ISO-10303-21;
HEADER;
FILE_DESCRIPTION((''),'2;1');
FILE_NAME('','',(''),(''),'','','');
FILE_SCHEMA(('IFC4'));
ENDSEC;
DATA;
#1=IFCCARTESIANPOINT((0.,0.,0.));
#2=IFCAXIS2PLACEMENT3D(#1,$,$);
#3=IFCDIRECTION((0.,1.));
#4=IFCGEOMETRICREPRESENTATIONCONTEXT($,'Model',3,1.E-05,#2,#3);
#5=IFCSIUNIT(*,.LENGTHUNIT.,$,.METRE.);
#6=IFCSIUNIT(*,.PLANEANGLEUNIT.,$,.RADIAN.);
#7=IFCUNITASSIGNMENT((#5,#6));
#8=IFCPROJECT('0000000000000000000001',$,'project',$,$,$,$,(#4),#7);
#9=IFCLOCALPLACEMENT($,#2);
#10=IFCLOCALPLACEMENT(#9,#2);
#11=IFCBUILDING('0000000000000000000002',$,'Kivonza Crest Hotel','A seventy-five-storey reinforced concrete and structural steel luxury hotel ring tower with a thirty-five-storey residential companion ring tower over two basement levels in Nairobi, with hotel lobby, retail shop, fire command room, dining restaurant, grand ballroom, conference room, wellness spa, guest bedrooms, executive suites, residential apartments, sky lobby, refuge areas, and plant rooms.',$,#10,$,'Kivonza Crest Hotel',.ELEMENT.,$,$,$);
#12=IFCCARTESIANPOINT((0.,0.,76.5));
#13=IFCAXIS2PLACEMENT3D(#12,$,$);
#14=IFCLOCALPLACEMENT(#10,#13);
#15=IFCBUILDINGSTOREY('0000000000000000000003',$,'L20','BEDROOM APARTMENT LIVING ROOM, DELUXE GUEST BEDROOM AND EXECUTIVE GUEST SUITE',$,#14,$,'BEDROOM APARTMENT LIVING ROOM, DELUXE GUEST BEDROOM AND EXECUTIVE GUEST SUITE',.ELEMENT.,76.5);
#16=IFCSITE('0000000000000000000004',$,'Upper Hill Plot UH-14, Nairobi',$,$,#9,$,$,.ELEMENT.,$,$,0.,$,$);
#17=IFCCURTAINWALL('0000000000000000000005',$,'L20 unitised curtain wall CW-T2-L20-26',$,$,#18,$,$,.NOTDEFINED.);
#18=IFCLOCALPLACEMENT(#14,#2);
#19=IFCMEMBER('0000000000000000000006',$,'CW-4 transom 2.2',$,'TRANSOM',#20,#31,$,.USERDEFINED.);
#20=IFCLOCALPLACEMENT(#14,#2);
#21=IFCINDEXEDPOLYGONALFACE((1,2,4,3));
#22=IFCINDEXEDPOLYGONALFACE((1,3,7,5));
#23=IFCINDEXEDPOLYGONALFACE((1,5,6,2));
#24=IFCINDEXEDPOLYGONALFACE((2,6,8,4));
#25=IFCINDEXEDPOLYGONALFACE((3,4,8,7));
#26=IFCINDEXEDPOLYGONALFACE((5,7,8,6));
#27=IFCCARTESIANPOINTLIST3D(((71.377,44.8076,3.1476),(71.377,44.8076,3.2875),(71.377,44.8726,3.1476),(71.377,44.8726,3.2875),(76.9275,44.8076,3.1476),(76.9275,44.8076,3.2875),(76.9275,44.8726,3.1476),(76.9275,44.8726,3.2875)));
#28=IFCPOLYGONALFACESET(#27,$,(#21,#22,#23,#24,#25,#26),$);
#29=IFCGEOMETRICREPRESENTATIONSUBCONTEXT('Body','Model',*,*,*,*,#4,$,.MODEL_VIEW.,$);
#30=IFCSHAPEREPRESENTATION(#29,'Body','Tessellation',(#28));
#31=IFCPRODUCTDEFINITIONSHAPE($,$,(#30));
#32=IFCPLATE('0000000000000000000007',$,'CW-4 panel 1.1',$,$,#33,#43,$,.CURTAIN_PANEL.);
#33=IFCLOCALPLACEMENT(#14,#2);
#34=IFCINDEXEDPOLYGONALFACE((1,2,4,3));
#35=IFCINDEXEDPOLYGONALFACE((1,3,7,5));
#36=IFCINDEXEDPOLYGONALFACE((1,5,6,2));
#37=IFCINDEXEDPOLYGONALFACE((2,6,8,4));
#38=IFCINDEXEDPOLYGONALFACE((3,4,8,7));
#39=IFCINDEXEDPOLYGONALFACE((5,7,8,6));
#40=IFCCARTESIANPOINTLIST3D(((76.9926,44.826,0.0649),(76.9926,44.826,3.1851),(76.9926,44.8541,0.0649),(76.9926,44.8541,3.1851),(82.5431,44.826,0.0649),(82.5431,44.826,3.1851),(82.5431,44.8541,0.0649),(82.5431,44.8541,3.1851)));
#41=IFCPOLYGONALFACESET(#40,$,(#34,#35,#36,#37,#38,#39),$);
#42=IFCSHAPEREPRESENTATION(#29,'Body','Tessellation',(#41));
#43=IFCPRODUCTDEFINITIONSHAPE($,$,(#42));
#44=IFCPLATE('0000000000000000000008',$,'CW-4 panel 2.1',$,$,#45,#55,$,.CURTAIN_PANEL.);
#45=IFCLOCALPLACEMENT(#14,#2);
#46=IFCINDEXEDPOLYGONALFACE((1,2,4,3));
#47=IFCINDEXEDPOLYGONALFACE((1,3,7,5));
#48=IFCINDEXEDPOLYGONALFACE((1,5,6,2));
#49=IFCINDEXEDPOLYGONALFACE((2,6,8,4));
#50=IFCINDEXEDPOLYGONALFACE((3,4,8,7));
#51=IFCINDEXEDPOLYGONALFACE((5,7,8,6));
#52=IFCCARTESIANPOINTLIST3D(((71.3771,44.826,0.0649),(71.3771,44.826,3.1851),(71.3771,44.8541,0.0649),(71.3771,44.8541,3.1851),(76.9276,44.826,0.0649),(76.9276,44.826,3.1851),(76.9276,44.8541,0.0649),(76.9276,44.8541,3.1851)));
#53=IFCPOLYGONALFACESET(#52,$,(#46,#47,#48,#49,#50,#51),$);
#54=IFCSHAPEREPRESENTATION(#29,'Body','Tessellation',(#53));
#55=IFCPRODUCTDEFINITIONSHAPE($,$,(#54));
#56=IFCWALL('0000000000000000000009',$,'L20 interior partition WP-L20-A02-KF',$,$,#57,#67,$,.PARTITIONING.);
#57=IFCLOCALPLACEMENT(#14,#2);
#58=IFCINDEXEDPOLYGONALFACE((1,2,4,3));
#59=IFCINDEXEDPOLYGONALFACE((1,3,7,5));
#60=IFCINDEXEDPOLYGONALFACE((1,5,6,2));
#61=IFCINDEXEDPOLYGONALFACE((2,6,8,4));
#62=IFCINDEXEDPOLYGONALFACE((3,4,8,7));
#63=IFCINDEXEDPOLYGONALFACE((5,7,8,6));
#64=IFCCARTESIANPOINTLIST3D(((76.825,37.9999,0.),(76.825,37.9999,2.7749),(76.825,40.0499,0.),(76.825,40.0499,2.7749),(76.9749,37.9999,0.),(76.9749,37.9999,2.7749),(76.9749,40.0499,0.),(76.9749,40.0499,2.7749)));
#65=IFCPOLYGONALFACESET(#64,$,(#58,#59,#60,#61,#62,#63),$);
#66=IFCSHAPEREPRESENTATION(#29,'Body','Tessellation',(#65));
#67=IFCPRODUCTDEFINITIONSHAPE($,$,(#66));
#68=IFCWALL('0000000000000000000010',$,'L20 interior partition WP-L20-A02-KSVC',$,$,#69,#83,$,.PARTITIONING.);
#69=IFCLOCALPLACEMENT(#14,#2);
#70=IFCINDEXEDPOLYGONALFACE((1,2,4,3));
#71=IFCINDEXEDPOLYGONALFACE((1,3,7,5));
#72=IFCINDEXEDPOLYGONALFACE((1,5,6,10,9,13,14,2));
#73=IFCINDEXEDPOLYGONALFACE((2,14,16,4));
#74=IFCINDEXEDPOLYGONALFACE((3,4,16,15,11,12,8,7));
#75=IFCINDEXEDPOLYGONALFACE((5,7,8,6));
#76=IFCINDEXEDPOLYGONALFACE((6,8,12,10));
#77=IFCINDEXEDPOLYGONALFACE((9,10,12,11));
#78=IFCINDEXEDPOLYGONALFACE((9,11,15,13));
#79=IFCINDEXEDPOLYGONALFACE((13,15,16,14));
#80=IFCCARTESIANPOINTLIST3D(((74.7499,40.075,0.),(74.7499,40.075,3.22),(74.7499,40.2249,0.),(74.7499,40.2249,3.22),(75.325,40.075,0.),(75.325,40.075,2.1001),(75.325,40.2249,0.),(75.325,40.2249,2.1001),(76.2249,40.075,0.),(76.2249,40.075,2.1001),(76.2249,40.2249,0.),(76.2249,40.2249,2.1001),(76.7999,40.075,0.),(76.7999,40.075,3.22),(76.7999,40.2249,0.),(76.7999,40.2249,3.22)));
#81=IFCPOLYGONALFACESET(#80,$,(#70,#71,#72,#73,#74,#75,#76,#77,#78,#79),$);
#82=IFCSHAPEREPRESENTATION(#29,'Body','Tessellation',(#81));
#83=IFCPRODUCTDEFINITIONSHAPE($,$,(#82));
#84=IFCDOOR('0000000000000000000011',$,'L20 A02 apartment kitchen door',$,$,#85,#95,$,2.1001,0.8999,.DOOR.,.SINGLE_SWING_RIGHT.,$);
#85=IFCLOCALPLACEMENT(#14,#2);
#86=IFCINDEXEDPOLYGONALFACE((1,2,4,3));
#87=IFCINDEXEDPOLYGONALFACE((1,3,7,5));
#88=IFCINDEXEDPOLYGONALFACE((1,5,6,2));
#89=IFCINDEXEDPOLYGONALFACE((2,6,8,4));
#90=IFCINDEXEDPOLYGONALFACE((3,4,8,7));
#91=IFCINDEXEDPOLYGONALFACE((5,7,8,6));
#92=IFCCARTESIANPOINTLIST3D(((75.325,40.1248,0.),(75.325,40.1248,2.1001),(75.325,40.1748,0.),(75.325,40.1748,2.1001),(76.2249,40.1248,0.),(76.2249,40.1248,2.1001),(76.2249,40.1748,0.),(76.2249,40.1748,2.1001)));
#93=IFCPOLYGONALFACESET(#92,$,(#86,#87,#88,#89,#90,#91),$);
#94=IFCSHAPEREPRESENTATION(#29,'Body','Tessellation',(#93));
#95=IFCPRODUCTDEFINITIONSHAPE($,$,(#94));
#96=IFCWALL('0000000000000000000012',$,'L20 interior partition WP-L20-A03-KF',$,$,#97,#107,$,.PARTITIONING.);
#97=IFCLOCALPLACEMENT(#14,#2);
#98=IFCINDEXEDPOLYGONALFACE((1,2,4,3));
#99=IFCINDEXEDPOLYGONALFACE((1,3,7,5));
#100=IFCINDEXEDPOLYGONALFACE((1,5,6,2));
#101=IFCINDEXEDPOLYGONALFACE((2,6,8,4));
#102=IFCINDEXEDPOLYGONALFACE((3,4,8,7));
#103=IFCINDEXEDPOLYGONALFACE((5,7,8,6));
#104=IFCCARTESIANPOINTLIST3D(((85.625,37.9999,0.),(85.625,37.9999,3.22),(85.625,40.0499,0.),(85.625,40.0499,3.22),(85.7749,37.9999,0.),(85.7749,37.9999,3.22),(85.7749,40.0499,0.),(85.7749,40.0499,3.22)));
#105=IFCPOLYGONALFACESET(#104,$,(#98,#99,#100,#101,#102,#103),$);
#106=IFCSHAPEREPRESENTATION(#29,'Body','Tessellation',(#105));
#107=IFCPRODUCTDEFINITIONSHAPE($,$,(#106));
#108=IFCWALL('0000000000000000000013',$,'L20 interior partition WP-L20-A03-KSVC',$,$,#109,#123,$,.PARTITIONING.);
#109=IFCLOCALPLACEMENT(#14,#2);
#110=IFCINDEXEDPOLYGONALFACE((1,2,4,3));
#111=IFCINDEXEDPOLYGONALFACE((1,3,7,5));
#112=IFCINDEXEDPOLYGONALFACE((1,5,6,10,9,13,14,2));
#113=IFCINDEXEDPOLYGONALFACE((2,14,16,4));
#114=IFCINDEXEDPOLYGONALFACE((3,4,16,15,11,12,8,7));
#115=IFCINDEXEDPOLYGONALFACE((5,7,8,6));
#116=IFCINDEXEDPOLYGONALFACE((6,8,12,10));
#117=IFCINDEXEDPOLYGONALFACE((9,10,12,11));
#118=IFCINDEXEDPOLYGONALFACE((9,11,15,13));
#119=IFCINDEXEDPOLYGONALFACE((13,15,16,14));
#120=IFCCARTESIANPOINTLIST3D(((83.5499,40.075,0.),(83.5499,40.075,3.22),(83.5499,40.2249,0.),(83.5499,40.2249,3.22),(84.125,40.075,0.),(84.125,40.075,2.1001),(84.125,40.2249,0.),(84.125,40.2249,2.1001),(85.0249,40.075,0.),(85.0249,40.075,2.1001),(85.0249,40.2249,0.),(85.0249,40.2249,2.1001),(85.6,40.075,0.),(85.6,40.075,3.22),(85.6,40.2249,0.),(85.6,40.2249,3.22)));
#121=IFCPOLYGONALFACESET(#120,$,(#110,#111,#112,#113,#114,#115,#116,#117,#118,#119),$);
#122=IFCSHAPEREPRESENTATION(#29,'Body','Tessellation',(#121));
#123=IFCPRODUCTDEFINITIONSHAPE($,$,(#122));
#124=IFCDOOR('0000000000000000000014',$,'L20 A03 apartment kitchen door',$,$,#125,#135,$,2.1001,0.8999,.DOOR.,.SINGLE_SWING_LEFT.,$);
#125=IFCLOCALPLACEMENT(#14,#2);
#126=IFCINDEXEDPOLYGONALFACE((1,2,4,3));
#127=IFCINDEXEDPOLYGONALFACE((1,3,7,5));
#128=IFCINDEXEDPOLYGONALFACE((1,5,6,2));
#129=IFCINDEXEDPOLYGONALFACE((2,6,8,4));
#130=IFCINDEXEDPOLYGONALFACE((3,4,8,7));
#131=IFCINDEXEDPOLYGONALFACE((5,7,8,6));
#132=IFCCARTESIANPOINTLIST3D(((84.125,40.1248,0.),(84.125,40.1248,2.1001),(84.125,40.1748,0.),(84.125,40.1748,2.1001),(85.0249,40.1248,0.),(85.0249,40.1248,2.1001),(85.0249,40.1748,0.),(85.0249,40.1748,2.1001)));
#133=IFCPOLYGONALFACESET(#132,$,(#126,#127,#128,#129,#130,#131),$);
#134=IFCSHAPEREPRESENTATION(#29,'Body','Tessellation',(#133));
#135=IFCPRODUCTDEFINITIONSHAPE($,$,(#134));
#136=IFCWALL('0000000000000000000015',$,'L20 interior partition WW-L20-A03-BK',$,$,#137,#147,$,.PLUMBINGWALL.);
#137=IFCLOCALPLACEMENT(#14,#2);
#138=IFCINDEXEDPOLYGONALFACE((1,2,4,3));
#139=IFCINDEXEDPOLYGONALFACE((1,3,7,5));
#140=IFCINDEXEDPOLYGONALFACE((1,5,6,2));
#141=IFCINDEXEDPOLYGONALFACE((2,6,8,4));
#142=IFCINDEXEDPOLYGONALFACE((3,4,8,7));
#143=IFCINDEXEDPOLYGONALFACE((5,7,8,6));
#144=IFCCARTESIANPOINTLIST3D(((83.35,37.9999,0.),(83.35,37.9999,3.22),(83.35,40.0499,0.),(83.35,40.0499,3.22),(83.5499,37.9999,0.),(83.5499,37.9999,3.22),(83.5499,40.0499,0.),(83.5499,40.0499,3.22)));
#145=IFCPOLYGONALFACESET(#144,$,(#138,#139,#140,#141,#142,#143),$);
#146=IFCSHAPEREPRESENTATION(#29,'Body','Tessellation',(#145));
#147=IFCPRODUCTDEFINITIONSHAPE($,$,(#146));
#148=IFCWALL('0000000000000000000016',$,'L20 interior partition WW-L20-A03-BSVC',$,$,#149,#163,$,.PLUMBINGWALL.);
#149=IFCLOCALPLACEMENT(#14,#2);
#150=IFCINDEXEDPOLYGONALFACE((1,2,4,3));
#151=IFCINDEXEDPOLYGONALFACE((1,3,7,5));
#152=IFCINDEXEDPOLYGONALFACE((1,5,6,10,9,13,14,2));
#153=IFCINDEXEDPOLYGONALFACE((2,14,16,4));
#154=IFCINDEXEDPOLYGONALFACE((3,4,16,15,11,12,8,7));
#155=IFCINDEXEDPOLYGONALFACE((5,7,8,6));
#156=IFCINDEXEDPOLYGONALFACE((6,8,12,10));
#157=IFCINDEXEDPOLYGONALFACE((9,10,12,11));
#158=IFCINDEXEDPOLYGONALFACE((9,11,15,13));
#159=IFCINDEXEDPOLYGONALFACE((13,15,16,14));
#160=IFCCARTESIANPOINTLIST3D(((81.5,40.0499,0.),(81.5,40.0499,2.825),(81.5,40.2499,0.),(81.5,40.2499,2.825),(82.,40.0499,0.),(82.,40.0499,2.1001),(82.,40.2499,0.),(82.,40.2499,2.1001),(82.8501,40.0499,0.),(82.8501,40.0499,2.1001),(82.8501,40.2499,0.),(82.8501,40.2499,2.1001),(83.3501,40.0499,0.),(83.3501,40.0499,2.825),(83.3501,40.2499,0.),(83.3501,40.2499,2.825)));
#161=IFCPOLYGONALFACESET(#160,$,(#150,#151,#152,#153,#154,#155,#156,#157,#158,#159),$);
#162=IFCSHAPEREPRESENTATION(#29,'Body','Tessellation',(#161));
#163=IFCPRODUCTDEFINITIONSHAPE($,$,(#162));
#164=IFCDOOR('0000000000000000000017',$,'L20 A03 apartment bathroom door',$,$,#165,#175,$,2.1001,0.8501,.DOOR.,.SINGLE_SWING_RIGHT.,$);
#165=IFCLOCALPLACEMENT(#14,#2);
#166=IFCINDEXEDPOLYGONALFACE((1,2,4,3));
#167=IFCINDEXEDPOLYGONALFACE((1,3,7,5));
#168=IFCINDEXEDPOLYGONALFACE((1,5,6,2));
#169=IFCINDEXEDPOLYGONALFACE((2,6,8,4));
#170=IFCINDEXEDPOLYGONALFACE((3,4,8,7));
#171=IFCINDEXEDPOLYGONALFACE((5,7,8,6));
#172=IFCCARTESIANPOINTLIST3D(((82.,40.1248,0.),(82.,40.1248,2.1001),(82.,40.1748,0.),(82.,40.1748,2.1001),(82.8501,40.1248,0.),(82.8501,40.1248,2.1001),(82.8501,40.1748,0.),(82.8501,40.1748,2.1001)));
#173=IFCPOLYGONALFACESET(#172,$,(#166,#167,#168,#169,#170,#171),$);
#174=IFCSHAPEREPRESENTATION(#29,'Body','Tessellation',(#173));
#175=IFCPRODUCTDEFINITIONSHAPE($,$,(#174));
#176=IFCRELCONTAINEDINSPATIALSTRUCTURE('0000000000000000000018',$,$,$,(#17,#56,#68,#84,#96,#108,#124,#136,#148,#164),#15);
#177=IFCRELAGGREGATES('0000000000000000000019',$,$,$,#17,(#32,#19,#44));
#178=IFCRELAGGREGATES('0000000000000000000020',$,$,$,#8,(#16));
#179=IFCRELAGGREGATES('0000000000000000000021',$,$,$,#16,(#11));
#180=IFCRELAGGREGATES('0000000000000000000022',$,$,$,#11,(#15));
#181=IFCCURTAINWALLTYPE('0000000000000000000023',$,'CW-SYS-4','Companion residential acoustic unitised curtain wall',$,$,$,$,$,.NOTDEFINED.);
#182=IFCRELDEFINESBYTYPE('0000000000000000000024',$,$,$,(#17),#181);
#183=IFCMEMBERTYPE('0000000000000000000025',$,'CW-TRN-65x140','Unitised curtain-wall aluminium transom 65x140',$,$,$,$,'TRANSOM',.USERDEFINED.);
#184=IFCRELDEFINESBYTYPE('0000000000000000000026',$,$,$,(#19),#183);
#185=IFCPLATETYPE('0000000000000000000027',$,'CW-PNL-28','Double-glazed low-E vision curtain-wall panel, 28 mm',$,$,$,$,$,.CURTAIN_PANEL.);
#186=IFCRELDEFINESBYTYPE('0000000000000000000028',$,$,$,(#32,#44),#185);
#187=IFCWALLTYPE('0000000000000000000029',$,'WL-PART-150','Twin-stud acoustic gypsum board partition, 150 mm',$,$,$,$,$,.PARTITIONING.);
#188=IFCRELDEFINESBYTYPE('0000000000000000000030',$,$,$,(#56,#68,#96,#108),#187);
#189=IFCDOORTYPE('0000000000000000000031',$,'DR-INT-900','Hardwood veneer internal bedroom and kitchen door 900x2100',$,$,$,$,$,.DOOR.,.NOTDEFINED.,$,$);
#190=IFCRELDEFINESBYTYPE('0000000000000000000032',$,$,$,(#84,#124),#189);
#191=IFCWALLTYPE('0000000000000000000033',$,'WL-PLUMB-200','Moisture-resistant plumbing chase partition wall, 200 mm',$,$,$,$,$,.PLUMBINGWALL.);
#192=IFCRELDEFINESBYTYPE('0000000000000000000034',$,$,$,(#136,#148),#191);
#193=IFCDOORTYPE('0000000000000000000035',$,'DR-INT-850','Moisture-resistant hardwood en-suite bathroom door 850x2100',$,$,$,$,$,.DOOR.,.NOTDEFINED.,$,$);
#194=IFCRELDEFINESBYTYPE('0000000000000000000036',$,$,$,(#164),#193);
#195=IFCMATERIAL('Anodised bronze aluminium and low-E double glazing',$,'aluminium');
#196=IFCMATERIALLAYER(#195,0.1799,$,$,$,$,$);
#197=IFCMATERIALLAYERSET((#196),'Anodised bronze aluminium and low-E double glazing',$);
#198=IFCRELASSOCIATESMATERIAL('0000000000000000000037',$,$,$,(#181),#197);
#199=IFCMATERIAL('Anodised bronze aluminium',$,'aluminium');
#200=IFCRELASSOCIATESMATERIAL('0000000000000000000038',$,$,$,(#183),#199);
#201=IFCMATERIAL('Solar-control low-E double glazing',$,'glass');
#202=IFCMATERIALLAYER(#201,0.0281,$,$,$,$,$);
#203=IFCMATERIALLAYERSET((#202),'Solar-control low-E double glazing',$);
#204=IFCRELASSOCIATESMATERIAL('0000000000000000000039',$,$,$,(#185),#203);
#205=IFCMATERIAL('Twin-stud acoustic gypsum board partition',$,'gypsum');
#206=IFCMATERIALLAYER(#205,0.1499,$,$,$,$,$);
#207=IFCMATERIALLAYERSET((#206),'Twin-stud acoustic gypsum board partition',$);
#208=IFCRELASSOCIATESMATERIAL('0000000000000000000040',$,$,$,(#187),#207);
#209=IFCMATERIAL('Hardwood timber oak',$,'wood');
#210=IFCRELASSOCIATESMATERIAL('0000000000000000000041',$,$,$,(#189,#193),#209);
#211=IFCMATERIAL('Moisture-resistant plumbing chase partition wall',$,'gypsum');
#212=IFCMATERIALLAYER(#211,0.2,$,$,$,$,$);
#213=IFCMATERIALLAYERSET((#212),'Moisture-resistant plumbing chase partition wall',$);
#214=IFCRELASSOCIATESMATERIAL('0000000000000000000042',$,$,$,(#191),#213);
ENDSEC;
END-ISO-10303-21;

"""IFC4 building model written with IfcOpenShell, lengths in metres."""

from ifc_helpers import new_model, si_unit, direction, frame, frame_2d, origin, origin_2d, place, context, subcontext, project, spatial, rectangle, extrude, material, layer, layer_set, material_profile, profile_set, type_object, element, fill, aggregate, save


model = new_model("IFC4")

# Units and contexts
model_context = context("Model", 3, precision=1e-05, world=origin(), true_north=direction((0.0, 1.0)))
body_context = subcontext(model_context, "Body", "Model", "MODEL_VIEW")
ifc_project = project(units=[si_unit("LENGTHUNIT", "METRE"), si_unit("PLANEANGLEUNIT", "RADIAN")], contexts=[model_context])

# Site, building, storey
site_placement = place(None, origin())
site = spatial("IfcSite", under=ifc_project, at=site_placement, Name="Upper Hill Plot UH-14, Nairobi", CompositionType="ELEMENT", RefElevation=0.0)
building_placement = place(site_placement, origin())
building = spatial("IfcBuilding", under=site, at=building_placement, Name="Kivonza Crest Hotel", Description="A seventy-five-storey reinforced concrete and structural steel luxury hotel ring tower with a thirty-five-storey residential companion ring tower over two basement levels in Nairobi, with hotel lobby, retail shop, fire command room, dining restaurant, grand ballroom, conference room, wellness spa, guest bedrooms, executive suites, residential apartments, sky lobby, refuge areas, and plant rooms.", LongName="Kivonza Crest Hotel", CompositionType="ELEMENT")
storey_placement = place(building_placement, frame((0.0, 0.0, 76.5)))
storey = spatial("IfcBuildingStorey", under=building, at=storey_placement, Name="L20", Description="BEDROOM APARTMENT LIVING ROOM, DELUXE GUEST BEDROOM AND EXECUTIVE GUEST SUITE", LongName="BEDROOM APARTMENT LIVING ROOM, DELUXE GUEST BEDROOM AND EXECUTIVE GUEST SUITE", CompositionType="ELEMENT", Elevation=76.5)

# Curtain wall, member, plates
ifc_material_1 = material(Name="Anodised bronze aluminium and low-E double glazing", Category="aluminium")
ifc_layer_1 = layer(ifc_material_1, 0.1799)
ifc_layer_set_1 = layer_set([ifc_layer_1], Name="Anodised bronze aluminium and low-E double glazing")
curtain_wall_type = type_object("IfcCurtainWallType", Name="CW-SYS-4", Description="Companion residential acoustic unitised curtain wall", PredefinedType="NOTDEFINED", material=ifc_layer_set_1)
curtain_wall_placement = place(storey_placement, origin())
curtain_wall = element("IfcCurtainWall", 1, at=curtain_wall_placement, inside=storey, type_object=curtain_wall_type, Name="L20 unitised curtain wall CW-T2-L20-26", PredefinedType="NOTDEFINED")
ifc_material_2 = material(Name="Anodised bronze aluminium", Category="aluminium")
ifc_material_profile_1 = material_profile(ifc_material_2, rectangle(XDim=0.0649, YDim=0.1399, at=origin_2d()), Name="CW-T 65x140")
ifc_profile_set_1 = profile_set([ifc_material_profile_1], Name="Anodised bronze aluminium")
member_type_1 = type_object("IfcMemberType", Name="CW-TRN-65x140", Description="Unitised curtain-wall aluminium transom 65x140", ElementType="TRANSOM", PredefinedType="USERDEFINED", material=ifc_profile_set_1)
member_1_placement = place(storey_placement, frame((76.9275, 44.8401, 3.2175), z_axis=(-1.0, 0.0, 0.0), x_axis=(0.0, -1.0, 0.0)))
member_1 = element("IfcMember", 2, at=member_1_placement, type_object=member_type_1, Name="CW-4 transom 2.2", ObjectType="TRANSOM", PredefinedType="USERDEFINED", context=body_context, shape_type="SweptSolid", body=[
    extrude(rectangle(XDim=0.0649, YDim=0.1399, at=origin_2d()), origin(), (0.0, 0.0, 1.0), 5.5505),
])
ifc_material_3 = material(Name="Solar-control low-E double glazing", Category="glass")
ifc_layer_2 = layer(ifc_material_3, 0.0281)
ifc_layer_set_2 = layer_set([ifc_layer_2], Name="Solar-control low-E double glazing")
plate_type = type_object("IfcPlateType", Name="CW-PNL-28", Description="Double-glazed low-E vision curtain-wall panel, 28 mm", PredefinedType="CURTAIN_PANEL", material=ifc_layer_set_2)
plate_1_placement = place(storey_placement, frame((79.7678, 44.8401, 0.0649), z_axis=(0.0, 0.0, 1.0), x_axis=(-1.0, 0.0, 0.0)))
plate_1 = element("IfcPlate", 3, at=plate_1_placement, type_object=plate_type, Name="CW-4 panel 1.1", PredefinedType="CURTAIN_PANEL", context=body_context, shape_type="SweptSolid", body=[
    extrude(rectangle(XDim=5.5505, YDim=0.0281, at=origin_2d()), origin(), (0.0, 0.0, 1.0), 3.1201),
])
plate_2_placement = place(storey_placement, frame((74.1523, 44.8401, 0.0649), z_axis=(0.0, 0.0, 1.0), x_axis=(-1.0, 0.0, 0.0)))
plate_2 = element("IfcPlate", 4, at=plate_2_placement, type_object=plate_type, Name="CW-4 panel 2.1", PredefinedType="CURTAIN_PANEL", context=body_context, shape_type="SweptSolid", body=[
    extrude(rectangle(XDim=5.5505, YDim=0.0281, at=origin_2d()), origin(), (0.0, 0.0, 1.0), 3.1201),
])
aggregate(curtain_wall, [plate_1, member_1, plate_2])

# Wall
ifc_material_4 = material(Name="Twin-stud acoustic gypsum board partition", Category="gypsum")
ifc_layer_3 = layer(ifc_material_4, 0.1499)
ifc_layer_set_3 = layer_set([ifc_layer_3], Name="Twin-stud acoustic gypsum board partition")
wall_type_1 = type_object("IfcWallType", Name="WL-PART-150", Description="Twin-stud acoustic gypsum board partition, 150 mm", PredefinedType="PARTITIONING", material=ifc_layer_set_3)
wall_1_placement = place(storey_placement, frame((76.8999, 38.0, 0.0), z_axis=(0.0, 0.0, 1.0), x_axis=(0.0, 1.0, 0.0)))
element("IfcWall", 5, at=wall_1_placement, inside=storey, type_object=wall_type_1, Name="L20 interior partition WP-L20-A02-KF", PredefinedType="PARTITIONING", context=body_context, shape_type="SweptSolid", body=[
    extrude(rectangle(XDim=2.05, YDim=0.1499, at=frame_2d((1.0249, 0.0))), origin(), (0.0, 0.0, 1.0), 2.7749),
])

# Wall, opening, door
wall_2_placement = place(storey_placement, frame((74.75, 40.1499, 0.0), z_axis=(0.0, 0.0, 1.0), x_axis=(1.0, 0.0, 0.0)))
wall_2 = element("IfcWall", 6, at=wall_2_placement, inside=storey, type_object=wall_type_1, Name="L20 interior partition WP-L20-A02-KSVC", PredefinedType="PARTITIONING", context=body_context, shape_type="SweptSolid", body=[
    extrude(rectangle(XDim=2.05, YDim=0.1499, at=frame_2d((1.0249, 0.0))), origin(), (0.0, 0.0, 1.0), 3.22),
])
opening_1_placement = place(wall_2_placement, frame((0.575, 0.0, 0.0)))
opening_1 = element("IfcOpeningElement", 7, at=opening_1_placement, cuts=wall_2, PredefinedType="OPENING", context=body_context, shape_type="SweptSolid", body=[
    extrude(rectangle(XDim=0.8999, YDim=2.1001, at=frame_2d((0.45, 1.05))), frame((0.0, 0.085, 0.0), z_axis=(0.0, -1.0, 0.0), x_axis=(1.0, 0.0, 0.0)), (0.0, 0.0, 1.0), 0.1699),
])
ifc_material_5 = material(Name="Hardwood timber oak", Category="wood")
door_type_1 = type_object("IfcDoorType", Name="DR-INT-900", Description="Hardwood veneer internal bedroom and kitchen door 900x2100", OperationType="NOTDEFINED", PredefinedType="DOOR", material=ifc_material_5)
door_1_placement = place(opening_1_placement, origin())
door_1 = element("IfcDoor", 8, at=door_1_placement, inside=storey, type_object=door_type_1, Name="L20 A02 apartment kitchen door", OperationType="SINGLE_SWING_RIGHT", OverallHeight=2.1001, OverallWidth=0.8999, PredefinedType="DOOR", context=body_context, shape_type="SweptSolid", body=[
    extrude(rectangle(XDim=0.8999, YDim=2.1001, at=frame_2d((0.45, 1.05))), frame((0.0, 0.0249, 0.0), z_axis=(0.0, -1.0, 0.0), x_axis=(1.0, 0.0, 0.0)), (0.0, 0.0, 1.0), 0.05),
])
fill(opening_1, door_1)

# Wall
wall_3_placement = place(storey_placement, frame((85.7, 38.0, 0.0), z_axis=(0.0, 0.0, 1.0), x_axis=(0.0, 1.0, 0.0)))
element("IfcWall", 9, at=wall_3_placement, inside=storey, type_object=wall_type_1, Name="L20 interior partition WP-L20-A03-KF", PredefinedType="PARTITIONING", context=body_context, shape_type="SweptSolid", body=[
    extrude(rectangle(XDim=2.05, YDim=0.1499, at=frame_2d((1.0249, 0.0))), origin(), (0.0, 0.0, 1.0), 3.22),
])

# Wall, opening, door
wall_4_placement = place(storey_placement, frame((83.55, 40.1499, 0.0), z_axis=(0.0, 0.0, 1.0), x_axis=(1.0, 0.0, 0.0)))
wall_4 = element("IfcWall", 10, at=wall_4_placement, inside=storey, type_object=wall_type_1, Name="L20 interior partition WP-L20-A03-KSVC", PredefinedType="PARTITIONING", context=body_context, shape_type="SweptSolid", body=[
    extrude(rectangle(XDim=2.05, YDim=0.1499, at=frame_2d((1.0249, 0.0))), origin(), (0.0, 0.0, 1.0), 3.22),
])
opening_2_placement = place(wall_4_placement, frame((0.575, 0.0, 0.0)))
opening_2 = element("IfcOpeningElement", 11, at=opening_2_placement, cuts=wall_4, PredefinedType="OPENING", context=body_context, shape_type="SweptSolid", body=[
    extrude(rectangle(XDim=0.8999, YDim=2.1001, at=frame_2d((0.45, 1.05))), frame((0.0, 0.085, 0.0), z_axis=(0.0, -1.0, 0.0), x_axis=(1.0, 0.0, 0.0)), (0.0, 0.0, 1.0), 0.1699),
])
door_2_placement = place(opening_2_placement, origin())
door_2 = element("IfcDoor", 12, at=door_2_placement, inside=storey, type_object=door_type_1, Name="L20 A03 apartment kitchen door", OperationType="SINGLE_SWING_LEFT", OverallHeight=2.1001, OverallWidth=0.8999, PredefinedType="DOOR", context=body_context, shape_type="SweptSolid", body=[
    extrude(rectangle(XDim=0.8999, YDim=2.1001, at=frame_2d((0.45, 1.05))), frame((0.0, 0.0249, 0.0), z_axis=(0.0, -1.0, 0.0), x_axis=(1.0, 0.0, 0.0)), (0.0, 0.0, 1.0), 0.05),
])
fill(opening_2, door_2)

# Wall
ifc_material_6 = material(Name="Moisture-resistant plumbing chase partition wall", Category="gypsum")
ifc_layer_4 = layer(ifc_material_6, 0.2)
ifc_layer_set_4 = layer_set([ifc_layer_4], Name="Moisture-resistant plumbing chase partition wall")
wall_type_2 = type_object("IfcWallType", Name="WL-PLUMB-200", Description="Moisture-resistant plumbing chase partition wall, 200 mm", PredefinedType="PLUMBINGWALL", material=ifc_layer_set_4)
wall_5_placement = place(storey_placement, frame((83.45, 38.0, 0.0), z_axis=(0.0, 0.0, 1.0), x_axis=(0.0, 1.0, 0.0)))
element("IfcWall", 13, at=wall_5_placement, inside=storey, type_object=wall_type_2, Name="L20 interior partition WW-L20-A03-BK", PredefinedType="PLUMBINGWALL", context=body_context, shape_type="SweptSolid", body=[
    extrude(rectangle(XDim=2.05, YDim=0.2, at=frame_2d((1.0249, 0.0))), origin(), (0.0, 0.0, 1.0), 3.22),
])

# Wall, opening, door
wall_6_placement = place(storey_placement, frame((81.5, 40.1499, 0.0), z_axis=(0.0, 0.0, 1.0), x_axis=(1.0, 0.0, 0.0)))
wall_6 = element("IfcWall", 14, at=wall_6_placement, inside=storey, type_object=wall_type_2, Name="L20 interior partition WW-L20-A03-BSVC", PredefinedType="PLUMBINGWALL", context=body_context, shape_type="SweptSolid", body=[
    extrude(rectangle(XDim=1.8501, YDim=0.2, at=frame_2d((0.925, 0.0))), origin(), (0.0, 0.0, 1.0), 2.825),
])
opening_3_placement = place(wall_6_placement, frame((0.5, 0.0, 0.0)))
opening_3 = element("IfcOpeningElement", 15, at=opening_3_placement, cuts=wall_6, PredefinedType="OPENING", context=body_context, shape_type="SweptSolid", body=[
    extrude(rectangle(XDim=0.8501, YDim=2.1001, at=frame_2d((0.425, 1.05))), frame((0.0, 0.1099, 0.0), z_axis=(0.0, -1.0, 0.0), x_axis=(1.0, 0.0, 0.0)), (0.0, 0.0, 1.0), 0.22),
])
door_type_2 = type_object("IfcDoorType", Name="DR-INT-850", Description="Moisture-resistant hardwood en-suite bathroom door 850x2100", OperationType="NOTDEFINED", PredefinedType="DOOR", material=ifc_material_5)
door_3_placement = place(opening_3_placement, origin())
door_3 = element("IfcDoor", 16, at=door_3_placement, inside=storey, type_object=door_type_2, Name="L20 A03 apartment bathroom door", OperationType="SINGLE_SWING_RIGHT", OverallHeight=2.1001, OverallWidth=0.8501, PredefinedType="DOOR", context=body_context, shape_type="SweptSolid", body=[
    extrude(rectangle(XDim=0.8501, YDim=2.1001, at=frame_2d((0.425, 1.05))), frame((0.0, 0.0249, 0.0), z_axis=(0.0, -1.0, 0.0), x_axis=(1.0, 0.0, 0.0)), (0.0, 0.0, 1.0), 0.05),
])
fill(opening_3, door_3)

save(model, "model.ifc")
